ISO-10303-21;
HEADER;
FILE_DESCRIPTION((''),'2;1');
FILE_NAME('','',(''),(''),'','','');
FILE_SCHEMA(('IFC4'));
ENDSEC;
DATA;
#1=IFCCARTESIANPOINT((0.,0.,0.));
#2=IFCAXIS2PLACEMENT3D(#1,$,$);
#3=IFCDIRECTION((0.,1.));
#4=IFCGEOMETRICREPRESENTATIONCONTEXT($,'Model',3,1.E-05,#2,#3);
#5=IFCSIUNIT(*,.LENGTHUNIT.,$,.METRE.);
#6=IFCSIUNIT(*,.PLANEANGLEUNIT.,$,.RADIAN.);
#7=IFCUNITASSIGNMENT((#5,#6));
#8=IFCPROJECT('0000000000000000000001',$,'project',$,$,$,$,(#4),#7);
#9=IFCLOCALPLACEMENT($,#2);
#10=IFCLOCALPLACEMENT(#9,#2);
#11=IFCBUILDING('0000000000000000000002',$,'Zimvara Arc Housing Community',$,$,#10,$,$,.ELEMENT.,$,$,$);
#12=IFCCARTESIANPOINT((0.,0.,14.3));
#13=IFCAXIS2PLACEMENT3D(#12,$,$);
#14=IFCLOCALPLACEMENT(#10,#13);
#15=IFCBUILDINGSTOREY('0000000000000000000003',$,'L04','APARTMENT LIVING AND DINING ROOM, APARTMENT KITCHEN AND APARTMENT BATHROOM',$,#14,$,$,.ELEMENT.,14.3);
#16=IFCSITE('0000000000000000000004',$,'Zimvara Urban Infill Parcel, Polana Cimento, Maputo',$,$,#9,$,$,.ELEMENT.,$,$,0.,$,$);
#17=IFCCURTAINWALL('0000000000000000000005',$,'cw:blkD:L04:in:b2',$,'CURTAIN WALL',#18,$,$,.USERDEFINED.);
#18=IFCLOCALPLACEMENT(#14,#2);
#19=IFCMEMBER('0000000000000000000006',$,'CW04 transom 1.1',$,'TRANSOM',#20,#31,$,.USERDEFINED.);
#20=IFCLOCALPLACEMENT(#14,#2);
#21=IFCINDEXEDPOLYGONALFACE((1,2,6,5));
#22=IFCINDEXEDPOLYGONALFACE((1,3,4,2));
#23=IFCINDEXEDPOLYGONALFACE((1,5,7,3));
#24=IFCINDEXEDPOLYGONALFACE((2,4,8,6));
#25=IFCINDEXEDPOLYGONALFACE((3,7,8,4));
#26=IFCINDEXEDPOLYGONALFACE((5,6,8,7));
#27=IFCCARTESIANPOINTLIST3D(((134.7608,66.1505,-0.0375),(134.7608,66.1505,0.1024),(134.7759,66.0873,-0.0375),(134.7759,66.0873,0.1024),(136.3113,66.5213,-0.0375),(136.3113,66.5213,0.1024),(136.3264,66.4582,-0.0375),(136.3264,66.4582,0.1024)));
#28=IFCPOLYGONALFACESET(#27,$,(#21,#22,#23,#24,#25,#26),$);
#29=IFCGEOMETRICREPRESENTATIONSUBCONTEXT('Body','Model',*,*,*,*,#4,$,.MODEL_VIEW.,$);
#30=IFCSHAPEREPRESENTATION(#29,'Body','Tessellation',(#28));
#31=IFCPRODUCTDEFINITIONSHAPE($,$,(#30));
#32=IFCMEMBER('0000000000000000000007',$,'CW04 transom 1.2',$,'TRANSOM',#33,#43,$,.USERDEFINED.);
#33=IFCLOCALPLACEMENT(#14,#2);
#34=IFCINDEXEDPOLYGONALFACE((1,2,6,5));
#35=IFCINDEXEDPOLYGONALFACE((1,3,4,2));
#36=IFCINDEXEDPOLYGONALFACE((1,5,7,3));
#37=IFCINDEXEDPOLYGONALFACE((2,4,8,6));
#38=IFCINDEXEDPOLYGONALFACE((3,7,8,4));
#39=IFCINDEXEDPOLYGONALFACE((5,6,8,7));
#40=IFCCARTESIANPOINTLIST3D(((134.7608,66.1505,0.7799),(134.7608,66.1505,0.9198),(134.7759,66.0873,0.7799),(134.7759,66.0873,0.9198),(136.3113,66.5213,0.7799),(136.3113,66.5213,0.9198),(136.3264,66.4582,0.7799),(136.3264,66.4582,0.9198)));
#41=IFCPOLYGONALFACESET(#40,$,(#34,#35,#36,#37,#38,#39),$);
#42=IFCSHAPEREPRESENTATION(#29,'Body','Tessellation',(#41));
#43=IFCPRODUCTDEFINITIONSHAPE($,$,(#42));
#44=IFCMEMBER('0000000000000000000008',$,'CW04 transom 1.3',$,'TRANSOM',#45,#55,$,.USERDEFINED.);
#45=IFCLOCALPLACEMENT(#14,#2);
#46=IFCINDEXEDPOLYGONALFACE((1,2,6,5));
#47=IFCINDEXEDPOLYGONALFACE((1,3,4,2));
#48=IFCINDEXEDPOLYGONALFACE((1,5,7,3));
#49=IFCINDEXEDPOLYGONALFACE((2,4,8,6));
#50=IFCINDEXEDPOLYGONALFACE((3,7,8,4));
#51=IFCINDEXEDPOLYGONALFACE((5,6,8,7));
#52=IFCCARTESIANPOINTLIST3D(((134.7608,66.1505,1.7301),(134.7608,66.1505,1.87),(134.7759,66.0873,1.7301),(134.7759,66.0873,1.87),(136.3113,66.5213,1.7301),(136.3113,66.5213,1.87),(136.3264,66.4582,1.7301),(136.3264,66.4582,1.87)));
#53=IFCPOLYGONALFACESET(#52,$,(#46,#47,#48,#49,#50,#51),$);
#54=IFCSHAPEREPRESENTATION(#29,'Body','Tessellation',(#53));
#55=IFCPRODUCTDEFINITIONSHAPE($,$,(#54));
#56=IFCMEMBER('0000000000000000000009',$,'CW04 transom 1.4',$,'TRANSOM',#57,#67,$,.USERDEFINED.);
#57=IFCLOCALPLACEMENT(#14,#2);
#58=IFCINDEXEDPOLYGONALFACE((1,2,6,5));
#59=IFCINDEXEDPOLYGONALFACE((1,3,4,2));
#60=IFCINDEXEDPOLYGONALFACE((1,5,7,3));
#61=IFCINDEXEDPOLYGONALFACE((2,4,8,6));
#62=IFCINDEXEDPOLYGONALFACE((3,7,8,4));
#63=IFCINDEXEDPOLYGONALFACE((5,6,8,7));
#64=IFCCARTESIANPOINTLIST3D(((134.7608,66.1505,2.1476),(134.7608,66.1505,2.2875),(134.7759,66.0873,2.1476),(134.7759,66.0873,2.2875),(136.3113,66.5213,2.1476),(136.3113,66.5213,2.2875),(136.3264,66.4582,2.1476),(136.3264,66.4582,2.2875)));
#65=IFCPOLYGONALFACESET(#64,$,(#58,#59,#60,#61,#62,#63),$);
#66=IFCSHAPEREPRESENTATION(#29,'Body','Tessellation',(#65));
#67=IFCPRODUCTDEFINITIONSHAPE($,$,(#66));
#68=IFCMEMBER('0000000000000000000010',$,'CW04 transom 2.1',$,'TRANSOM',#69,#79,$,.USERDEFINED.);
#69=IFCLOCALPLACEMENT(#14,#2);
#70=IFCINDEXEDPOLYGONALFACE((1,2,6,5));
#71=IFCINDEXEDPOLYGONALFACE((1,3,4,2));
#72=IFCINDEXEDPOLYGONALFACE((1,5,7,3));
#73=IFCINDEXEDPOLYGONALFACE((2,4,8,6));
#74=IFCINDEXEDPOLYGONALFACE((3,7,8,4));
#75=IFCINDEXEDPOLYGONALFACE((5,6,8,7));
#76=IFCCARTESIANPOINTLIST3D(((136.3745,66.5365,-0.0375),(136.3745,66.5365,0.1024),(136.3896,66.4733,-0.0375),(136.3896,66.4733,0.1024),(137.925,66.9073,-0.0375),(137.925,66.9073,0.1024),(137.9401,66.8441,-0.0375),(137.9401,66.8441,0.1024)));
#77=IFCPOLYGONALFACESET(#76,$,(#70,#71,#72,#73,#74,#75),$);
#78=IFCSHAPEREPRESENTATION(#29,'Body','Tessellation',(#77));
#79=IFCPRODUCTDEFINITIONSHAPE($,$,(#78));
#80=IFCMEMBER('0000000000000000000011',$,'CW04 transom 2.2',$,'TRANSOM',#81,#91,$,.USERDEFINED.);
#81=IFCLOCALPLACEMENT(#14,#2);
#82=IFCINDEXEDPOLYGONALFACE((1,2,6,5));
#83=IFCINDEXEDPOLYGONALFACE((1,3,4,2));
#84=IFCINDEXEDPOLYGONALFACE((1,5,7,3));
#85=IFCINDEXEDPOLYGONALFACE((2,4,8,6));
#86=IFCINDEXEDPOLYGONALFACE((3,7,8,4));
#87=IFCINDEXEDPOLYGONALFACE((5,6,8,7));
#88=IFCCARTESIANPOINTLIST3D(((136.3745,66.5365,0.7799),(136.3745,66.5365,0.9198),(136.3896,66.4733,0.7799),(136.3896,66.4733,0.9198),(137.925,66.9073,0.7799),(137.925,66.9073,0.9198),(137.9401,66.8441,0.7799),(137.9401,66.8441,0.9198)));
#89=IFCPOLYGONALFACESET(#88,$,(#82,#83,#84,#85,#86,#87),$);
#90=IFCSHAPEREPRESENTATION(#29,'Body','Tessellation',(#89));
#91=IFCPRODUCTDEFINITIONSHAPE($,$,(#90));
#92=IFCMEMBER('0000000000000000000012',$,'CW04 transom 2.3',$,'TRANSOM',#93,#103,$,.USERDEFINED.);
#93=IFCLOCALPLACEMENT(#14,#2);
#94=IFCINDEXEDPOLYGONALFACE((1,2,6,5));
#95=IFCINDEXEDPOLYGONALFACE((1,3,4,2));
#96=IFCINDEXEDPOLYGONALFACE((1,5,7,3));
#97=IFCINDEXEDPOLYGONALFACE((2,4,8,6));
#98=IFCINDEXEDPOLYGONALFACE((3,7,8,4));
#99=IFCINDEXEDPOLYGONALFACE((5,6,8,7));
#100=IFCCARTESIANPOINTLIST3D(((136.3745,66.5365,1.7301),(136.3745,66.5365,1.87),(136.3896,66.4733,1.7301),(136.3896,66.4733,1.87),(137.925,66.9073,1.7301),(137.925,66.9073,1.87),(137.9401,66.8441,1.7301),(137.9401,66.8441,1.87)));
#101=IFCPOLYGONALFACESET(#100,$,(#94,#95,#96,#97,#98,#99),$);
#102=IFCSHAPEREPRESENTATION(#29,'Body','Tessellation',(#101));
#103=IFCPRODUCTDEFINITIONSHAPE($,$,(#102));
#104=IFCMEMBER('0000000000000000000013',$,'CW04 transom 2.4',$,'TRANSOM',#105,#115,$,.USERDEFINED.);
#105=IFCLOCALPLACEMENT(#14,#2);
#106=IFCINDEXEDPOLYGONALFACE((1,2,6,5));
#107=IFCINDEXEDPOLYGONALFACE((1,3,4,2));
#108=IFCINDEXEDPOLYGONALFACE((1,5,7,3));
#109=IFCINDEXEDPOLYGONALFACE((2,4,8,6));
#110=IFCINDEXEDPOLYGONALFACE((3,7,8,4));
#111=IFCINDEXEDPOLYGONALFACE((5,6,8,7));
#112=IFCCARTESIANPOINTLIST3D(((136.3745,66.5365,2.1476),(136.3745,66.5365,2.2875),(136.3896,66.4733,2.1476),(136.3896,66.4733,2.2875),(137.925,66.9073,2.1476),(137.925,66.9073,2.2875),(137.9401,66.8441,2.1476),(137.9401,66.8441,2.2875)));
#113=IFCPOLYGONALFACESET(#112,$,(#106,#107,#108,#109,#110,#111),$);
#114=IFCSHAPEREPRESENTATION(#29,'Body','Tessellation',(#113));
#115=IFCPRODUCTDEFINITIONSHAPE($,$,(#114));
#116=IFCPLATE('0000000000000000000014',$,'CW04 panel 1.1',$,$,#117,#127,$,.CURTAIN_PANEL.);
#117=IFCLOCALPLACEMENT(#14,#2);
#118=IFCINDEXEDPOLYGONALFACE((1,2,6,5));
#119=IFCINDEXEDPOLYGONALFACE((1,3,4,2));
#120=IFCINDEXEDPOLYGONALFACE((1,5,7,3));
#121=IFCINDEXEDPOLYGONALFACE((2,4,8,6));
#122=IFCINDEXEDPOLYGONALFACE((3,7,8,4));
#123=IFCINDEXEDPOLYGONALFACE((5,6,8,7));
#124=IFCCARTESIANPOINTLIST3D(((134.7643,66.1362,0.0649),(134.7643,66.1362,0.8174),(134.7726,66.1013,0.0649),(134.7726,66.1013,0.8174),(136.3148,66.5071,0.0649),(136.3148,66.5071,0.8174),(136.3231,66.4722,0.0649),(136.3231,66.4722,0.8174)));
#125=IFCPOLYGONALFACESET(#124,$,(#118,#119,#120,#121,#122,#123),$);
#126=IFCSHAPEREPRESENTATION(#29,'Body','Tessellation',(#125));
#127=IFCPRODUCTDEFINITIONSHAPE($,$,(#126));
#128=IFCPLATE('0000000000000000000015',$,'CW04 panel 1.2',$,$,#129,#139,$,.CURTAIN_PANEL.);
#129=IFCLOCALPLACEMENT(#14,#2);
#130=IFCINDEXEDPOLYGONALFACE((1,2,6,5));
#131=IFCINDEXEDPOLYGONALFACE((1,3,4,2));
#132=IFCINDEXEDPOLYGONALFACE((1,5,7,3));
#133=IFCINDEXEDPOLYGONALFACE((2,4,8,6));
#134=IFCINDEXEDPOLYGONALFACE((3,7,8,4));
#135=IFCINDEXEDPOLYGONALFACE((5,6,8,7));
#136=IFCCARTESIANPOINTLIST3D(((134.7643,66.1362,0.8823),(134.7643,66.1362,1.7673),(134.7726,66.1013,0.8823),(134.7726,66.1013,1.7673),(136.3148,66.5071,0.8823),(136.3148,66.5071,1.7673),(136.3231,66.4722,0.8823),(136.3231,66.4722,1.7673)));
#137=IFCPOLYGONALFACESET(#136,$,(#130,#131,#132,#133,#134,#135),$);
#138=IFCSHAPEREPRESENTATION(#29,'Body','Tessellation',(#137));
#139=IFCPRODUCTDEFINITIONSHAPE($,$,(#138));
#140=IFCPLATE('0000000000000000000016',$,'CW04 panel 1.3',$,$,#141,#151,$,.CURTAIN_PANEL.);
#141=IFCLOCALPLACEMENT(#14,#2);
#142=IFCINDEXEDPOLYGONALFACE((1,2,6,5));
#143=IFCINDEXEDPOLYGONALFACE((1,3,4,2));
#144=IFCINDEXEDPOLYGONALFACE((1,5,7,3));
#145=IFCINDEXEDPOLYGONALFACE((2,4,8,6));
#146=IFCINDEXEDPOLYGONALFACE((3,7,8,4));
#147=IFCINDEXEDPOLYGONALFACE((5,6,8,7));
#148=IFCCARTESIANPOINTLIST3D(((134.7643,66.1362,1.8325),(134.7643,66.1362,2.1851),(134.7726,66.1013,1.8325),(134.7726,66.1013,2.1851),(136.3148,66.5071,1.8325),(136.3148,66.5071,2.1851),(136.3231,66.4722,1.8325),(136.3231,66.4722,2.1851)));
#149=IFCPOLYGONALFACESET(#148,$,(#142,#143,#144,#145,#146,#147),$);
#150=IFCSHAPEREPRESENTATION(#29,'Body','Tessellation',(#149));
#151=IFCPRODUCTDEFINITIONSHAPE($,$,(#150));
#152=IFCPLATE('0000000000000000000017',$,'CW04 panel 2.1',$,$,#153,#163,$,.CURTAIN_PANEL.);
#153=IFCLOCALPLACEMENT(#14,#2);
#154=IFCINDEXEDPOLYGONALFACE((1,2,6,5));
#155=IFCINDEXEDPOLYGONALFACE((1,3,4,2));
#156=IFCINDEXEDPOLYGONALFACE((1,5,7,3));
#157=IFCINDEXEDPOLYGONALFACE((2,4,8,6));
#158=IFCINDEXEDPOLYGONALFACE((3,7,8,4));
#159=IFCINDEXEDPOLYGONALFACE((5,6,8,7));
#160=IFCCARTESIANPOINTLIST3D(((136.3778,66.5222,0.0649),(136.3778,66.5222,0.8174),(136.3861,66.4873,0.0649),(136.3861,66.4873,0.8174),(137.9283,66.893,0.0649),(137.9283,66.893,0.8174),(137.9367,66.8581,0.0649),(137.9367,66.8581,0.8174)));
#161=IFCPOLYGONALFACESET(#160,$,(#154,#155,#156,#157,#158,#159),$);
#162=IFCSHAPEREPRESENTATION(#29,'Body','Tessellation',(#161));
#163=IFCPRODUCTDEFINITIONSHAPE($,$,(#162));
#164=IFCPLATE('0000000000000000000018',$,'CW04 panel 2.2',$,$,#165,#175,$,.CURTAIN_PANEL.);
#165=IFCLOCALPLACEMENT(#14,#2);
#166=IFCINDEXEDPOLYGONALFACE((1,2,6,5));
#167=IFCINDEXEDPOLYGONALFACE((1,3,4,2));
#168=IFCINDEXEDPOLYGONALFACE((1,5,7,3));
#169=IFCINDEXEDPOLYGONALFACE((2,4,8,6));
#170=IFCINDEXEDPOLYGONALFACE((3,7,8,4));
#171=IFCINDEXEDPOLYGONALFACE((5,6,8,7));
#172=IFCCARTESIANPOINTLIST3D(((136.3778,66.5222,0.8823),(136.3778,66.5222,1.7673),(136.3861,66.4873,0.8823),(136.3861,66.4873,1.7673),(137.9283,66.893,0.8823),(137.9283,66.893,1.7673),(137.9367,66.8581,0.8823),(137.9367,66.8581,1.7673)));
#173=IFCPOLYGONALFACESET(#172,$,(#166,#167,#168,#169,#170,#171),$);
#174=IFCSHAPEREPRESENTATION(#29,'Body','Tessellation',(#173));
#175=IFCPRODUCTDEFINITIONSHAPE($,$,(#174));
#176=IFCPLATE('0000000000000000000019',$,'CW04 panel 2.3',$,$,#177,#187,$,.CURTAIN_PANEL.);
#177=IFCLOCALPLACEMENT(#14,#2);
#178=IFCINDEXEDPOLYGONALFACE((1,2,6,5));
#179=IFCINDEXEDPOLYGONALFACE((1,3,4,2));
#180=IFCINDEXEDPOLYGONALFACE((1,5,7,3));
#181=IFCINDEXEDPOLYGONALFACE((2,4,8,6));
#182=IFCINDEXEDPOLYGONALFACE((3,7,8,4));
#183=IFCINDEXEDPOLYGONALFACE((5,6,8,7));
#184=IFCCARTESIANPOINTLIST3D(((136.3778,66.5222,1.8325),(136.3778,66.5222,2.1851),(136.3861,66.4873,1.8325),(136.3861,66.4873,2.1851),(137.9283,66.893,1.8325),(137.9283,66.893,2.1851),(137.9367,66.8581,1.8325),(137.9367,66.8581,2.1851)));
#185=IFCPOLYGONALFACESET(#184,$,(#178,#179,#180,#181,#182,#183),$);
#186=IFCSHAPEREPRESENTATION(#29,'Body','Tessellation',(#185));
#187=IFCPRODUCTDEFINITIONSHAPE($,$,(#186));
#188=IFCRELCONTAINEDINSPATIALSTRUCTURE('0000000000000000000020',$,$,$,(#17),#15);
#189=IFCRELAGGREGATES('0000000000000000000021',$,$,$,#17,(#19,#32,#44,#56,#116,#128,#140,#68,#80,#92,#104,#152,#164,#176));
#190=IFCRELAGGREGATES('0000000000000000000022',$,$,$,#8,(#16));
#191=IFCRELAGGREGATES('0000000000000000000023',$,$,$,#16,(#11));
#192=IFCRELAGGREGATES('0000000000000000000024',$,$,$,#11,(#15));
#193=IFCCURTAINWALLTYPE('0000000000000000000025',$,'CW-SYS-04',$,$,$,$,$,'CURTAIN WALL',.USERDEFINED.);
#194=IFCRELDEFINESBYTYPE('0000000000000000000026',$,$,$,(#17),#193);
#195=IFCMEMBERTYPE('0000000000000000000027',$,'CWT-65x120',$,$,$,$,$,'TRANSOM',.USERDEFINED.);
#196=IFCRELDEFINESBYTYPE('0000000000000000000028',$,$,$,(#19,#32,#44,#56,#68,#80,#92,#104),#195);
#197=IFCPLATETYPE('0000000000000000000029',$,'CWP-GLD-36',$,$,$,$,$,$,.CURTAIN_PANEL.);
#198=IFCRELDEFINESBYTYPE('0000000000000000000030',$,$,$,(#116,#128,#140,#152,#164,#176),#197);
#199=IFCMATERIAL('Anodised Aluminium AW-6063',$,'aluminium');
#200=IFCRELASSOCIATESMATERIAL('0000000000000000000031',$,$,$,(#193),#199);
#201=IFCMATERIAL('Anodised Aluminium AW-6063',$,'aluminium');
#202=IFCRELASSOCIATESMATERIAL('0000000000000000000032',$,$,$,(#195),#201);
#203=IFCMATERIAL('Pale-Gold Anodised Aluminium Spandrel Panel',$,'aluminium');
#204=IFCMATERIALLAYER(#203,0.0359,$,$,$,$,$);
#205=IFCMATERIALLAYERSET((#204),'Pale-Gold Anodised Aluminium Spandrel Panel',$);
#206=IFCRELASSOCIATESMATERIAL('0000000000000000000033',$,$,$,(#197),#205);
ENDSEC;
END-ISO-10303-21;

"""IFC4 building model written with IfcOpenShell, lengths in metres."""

from ifc_helpers import new_model, si_unit, direction, frame, origin, origin_2d, place, context, subcontext, project, spatial, rectangle, extrude, material, layer, layer_set, material_profile, profile_set, type_object, element, aggregate, save


model = new_model("IFC4")

# Units and contexts
model_context = context("Model", 3, precision=1e-05, world=origin(), true_north=direction((0.0, 1.0)))
body_context = subcontext(model_context, "Body", "Model", "MODEL_VIEW")
ifc_project = project(units=[si_unit("LENGTHUNIT", "METRE"), si_unit("PLANEANGLEUNIT", "RADIAN")], contexts=[model_context])

# Site, building, storey
site_placement = place(None, origin())
site = spatial("IfcSite", under=ifc_project, at=site_placement, Name="Zimvara Urban Infill Parcel, Polana Cimento, Maputo", CompositionType="ELEMENT", RefElevation=0.0)
building_placement = place(site_placement, origin())
building = spatial("IfcBuilding", under=site, at=building_placement, Name="Zimvara Arc Housing Community", CompositionType="ELEMENT")
storey_placement = place(building_placement, frame((0.0, 0.0, 14.3)))
storey = spatial("IfcBuildingStorey", under=building, at=storey_placement, Name="L04", Description="APARTMENT LIVING AND DINING ROOM, APARTMENT KITCHEN AND APARTMENT BATHROOM", CompositionType="ELEMENT", Elevation=14.3)

# Curtain wall, members, plates
ifc_material_1 = material(Name="Anodised Aluminium AW-6063", Category="aluminium")
curtain_wall_type = type_object("IfcCurtainWallType", Name="CW-SYS-04", ElementType="CURTAIN WALL", PredefinedType="USERDEFINED", material=ifc_material_1)
curtain_wall_placement = place(storey_placement, origin())
curtain_wall = element("IfcCurtainWall", 1, at=curtain_wall_placement, inside=storey, type_object=curtain_wall_type, Name="cw:blkD:L04:in:b2", ObjectType="CURTAIN WALL", PredefinedType="USERDEFINED")
ifc_material_2 = material(Name="Anodised Aluminium AW-6063", Category="aluminium")
ifc_material_profile_1 = material_profile(ifc_material_2, rectangle(XDim=0.0649, YDim=0.1399, at=origin_2d()), Name="ALU 65x140")
ifc_profile_set_1 = profile_set([ifc_material_profile_1], Name="Anodised Aluminium AW-6063")
member_type_1 = type_object("IfcMemberType", Name="CWT-65x120", ElementType="TRANSOM", PredefinedType="USERDEFINED", material=ifc_profile_set_1)
member_1_placement = place(storey_placement, frame((134.7683, 66.1189, 0.0325), z_axis=(0.972569, 0.232614, 0.0), x_axis=(-0.232614, 0.972569, 0.0)))
member_1 = element("IfcMember", 2, at=member_1_placement, type_object=member_type_1, Name="CW04 transom 1.1", ObjectType="TRANSOM", PredefinedType="USERDEFINED", context=body_context, shape_type="SweptSolid", body=[
    extrude(rectangle(XDim=0.0649, YDim=0.1399, at=origin_2d()), origin(), (0.0, 0.0, 1.0), 1.5942),
])
member_2_placement = place(storey_placement, frame((134.7683, 66.1189, 0.8499), z_axis=(0.972569, 0.232614, 0.0), x_axis=(-0.232614, 0.972569, 0.0)))
member_2 = element("IfcMember", 3, at=member_2_placement, type_object=member_type_1, Name="CW04 transom 1.2", ObjectType="TRANSOM", PredefinedType="USERDEFINED", context=body_context, shape_type="SweptSolid", body=[
    extrude(rectangle(XDim=0.0649, YDim=0.1399, at=origin_2d()), origin(), (0.0, 0.0, 1.0), 1.5942),
])
member_3_placement = place(storey_placement, frame((134.7683, 66.1189, 1.8), z_axis=(0.972569, 0.232614, 0.0), x_axis=(-0.232614, 0.972569, 0.0)))
member_3 = element("IfcMember", 4, at=member_3_placement, type_object=member_type_1, Name="CW04 transom 1.3", ObjectType="TRANSOM", PredefinedType="USERDEFINED", context=body_context, shape_type="SweptSolid", body=[
    extrude(rectangle(XDim=0.0649, YDim=0.1399, at=origin_2d()), origin(), (0.0, 0.0, 1.0), 1.5942),
])
member_4_placement = place(storey_placement, frame((134.7683, 66.1189, 2.2175), z_axis=(0.972569, 0.232614, 0.0), x_axis=(-0.232614, 0.972569, 0.0)))
member_4 = element("IfcMember", 5, at=member_4_placement, type_object=member_type_1, Name="CW04 transom 1.4", ObjectType="TRANSOM", PredefinedType="USERDEFINED", context=body_context, shape_type="SweptSolid", body=[
    extrude(rectangle(XDim=0.0649, YDim=0.1399, at=origin_2d()), origin(), (0.0, 0.0, 1.0), 1.5942),
])
member_5_placement = place(storey_placement, frame((136.3821, 66.5049, 0.0325), z_axis=(0.972569, 0.232614, 0.0), x_axis=(-0.232614, 0.972569, 0.0)))
member_5 = element("IfcMember", 6, at=member_5_placement, type_object=member_type_1, Name="CW04 transom 2.1", ObjectType="TRANSOM", PredefinedType="USERDEFINED", context=body_context, shape_type="SweptSolid", body=[
    extrude(rectangle(XDim=0.0649, YDim=0.1399, at=origin_2d()), origin(), (0.0, 0.0, 1.0), 1.5942),
])
member_6_placement = place(storey_placement, frame((136.3821, 66.5049, 0.8499), z_axis=(0.972569, 0.232614, 0.0), x_axis=(-0.232614, 0.972569, 0.0)))
member_6 = element("IfcMember", 7, at=member_6_placement, type_object=member_type_1, Name="CW04 transom 2.2", ObjectType="TRANSOM", PredefinedType="USERDEFINED", context=body_context, shape_type="SweptSolid", body=[
    extrude(rectangle(XDim=0.0649, YDim=0.1399, at=origin_2d()), origin(), (0.0, 0.0, 1.0), 1.5942),
])
member_7_placement = place(storey_placement, frame((136.3821, 66.5049, 1.8), z_axis=(0.972569, 0.232614, 0.0), x_axis=(-0.232614, 0.972569, 0.0)))
member_7 = element("IfcMember", 8, at=member_7_placement, type_object=member_type_1, Name="CW04 transom 2.3", ObjectType="TRANSOM", PredefinedType="USERDEFINED", context=body_context, shape_type="SweptSolid", body=[
    extrude(rectangle(XDim=0.0649, YDim=0.1399, at=origin_2d()), origin(), (0.0, 0.0, 1.0), 1.5942),
])
member_8_placement = place(storey_placement, frame((136.3821, 66.5049, 2.2175), z_axis=(0.972569, 0.232614, 0.0), x_axis=(-0.232614, 0.972569, 0.0)))
member_8 = element("IfcMember", 9, at=member_8_placement, type_object=member_type_1, Name="CW04 transom 2.4", ObjectType="TRANSOM", PredefinedType="USERDEFINED", context=body_context, shape_type="SweptSolid", body=[
    extrude(rectangle(XDim=0.0649, YDim=0.1399, at=origin_2d()), origin(), (0.0, 0.0, 1.0), 1.5942),
])
ifc_material_3 = material(Name="Pale-Gold Anodised Aluminium Spandrel Panel", Category="aluminium")
ifc_layer_1 = layer(ifc_material_3, 0.0359)
ifc_layer_set_1 = layer_set([ifc_layer_1], Name="Pale-Gold Anodised Aluminium Spandrel Panel")
plate_type = type_object("IfcPlateType", Name="CWP-GLD-36", PredefinedType="CURTAIN_PANEL", material=ifc_layer_set_1)
plate_1_placement = place(storey_placement, frame((135.5437, 66.3042, 0.0649), z_axis=(0.0, 0.0, 1.0), x_axis=(0.972573, 0.232596, 0.0)))
plate_1 = element("IfcPlate", 10, at=plate_1_placement, type_object=plate_type, Name="CW04 panel 1.1", PredefinedType="CURTAIN_PANEL", context=body_context, shape_type="SweptSolid", body=[
    extrude(rectangle(XDim=1.5942, YDim=0.0359, at=origin_2d()), origin(), (0.0, 0.0, 1.0), 0.7524),
])
plate_2_placement = place(storey_placement, frame((135.5437, 66.3042, 0.8823), z_axis=(0.0, 0.0, 1.0), x_axis=(0.972573, 0.232596, 0.0)))
plate_2 = element("IfcPlate", 11, at=plate_2_placement, type_object=plate_type, Name="CW04 panel 1.2", PredefinedType="CURTAIN_PANEL", context=body_context, shape_type="SweptSolid", body=[
    extrude(rectangle(XDim=1.5942, YDim=0.0359, at=origin_2d()), origin(), (0.0, 0.0, 1.0), 0.885),
])
plate_3_placement = place(storey_placement, frame((135.5437, 66.3042, 1.8325), z_axis=(0.0, 0.0, 1.0), x_axis=(0.972573, 0.232596, 0.0)))
plate_3 = element("IfcPlate", 12, at=plate_3_placement, type_object=plate_type, Name="CW04 panel 1.3", PredefinedType="CURTAIN_PANEL", context=body_context, shape_type="SweptSolid", body=[
    extrude(rectangle(XDim=1.5942, YDim=0.0359, at=origin_2d()), origin(), (0.0, 0.0, 1.0), 0.3525),
])
plate_4_placement = place(storey_placement, frame((137.1572, 66.6902, 0.0649), z_axis=(0.0, 0.0, 1.0), x_axis=(0.972573, 0.232596, 0.0)))
plate_4 = element("IfcPlate", 13, at=plate_4_placement, type_object=plate_type, Name="CW04 panel 2.1", PredefinedType="CURTAIN_PANEL", context=body_context, shape_type="SweptSolid", body=[
    extrude(rectangle(XDim=1.5942, YDim=0.0359, at=origin_2d()), origin(), (0.0, 0.0, 1.0), 0.7524),
])
plate_5_placement = place(storey_placement, frame((137.1572, 66.6902, 0.8823), z_axis=(0.0, 0.0, 1.0), x_axis=(0.972573, 0.232596, 0.0)))
plate_5 = element("IfcPlate", 14, at=plate_5_placement, type_object=plate_type, Name="CW04 panel 2.2", PredefinedType="CURTAIN_PANEL", context=body_context, shape_type="SweptSolid", body=[
    extrude(rectangle(XDim=1.5942, YDim=0.0359, at=origin_2d()), origin(), (0.0, 0.0, 1.0), 0.885),
])
plate_6_placement = place(storey_placement, frame((137.1572, 66.6902, 1.8325), z_axis=(0.0, 0.0, 1.0), x_axis=(0.972573, 0.232596, 0.0)))
plate_6 = element("IfcPlate", 15, at=plate_6_placement, type_object=plate_type, Name="CW04 panel 2.3", PredefinedType="CURTAIN_PANEL", context=body_context, shape_type="SweptSolid", body=[
    extrude(rectangle(XDim=1.5942, YDim=0.0359, at=origin_2d()), origin(), (0.0, 0.0, 1.0), 0.3525),
])
aggregate(curtain_wall, [member_1, member_2, member_3, member_4, plate_1, plate_2, plate_3, member_5, member_6, member_7, member_8, plate_4, plate_5, plate_6])

save(model, "model.ifc")
